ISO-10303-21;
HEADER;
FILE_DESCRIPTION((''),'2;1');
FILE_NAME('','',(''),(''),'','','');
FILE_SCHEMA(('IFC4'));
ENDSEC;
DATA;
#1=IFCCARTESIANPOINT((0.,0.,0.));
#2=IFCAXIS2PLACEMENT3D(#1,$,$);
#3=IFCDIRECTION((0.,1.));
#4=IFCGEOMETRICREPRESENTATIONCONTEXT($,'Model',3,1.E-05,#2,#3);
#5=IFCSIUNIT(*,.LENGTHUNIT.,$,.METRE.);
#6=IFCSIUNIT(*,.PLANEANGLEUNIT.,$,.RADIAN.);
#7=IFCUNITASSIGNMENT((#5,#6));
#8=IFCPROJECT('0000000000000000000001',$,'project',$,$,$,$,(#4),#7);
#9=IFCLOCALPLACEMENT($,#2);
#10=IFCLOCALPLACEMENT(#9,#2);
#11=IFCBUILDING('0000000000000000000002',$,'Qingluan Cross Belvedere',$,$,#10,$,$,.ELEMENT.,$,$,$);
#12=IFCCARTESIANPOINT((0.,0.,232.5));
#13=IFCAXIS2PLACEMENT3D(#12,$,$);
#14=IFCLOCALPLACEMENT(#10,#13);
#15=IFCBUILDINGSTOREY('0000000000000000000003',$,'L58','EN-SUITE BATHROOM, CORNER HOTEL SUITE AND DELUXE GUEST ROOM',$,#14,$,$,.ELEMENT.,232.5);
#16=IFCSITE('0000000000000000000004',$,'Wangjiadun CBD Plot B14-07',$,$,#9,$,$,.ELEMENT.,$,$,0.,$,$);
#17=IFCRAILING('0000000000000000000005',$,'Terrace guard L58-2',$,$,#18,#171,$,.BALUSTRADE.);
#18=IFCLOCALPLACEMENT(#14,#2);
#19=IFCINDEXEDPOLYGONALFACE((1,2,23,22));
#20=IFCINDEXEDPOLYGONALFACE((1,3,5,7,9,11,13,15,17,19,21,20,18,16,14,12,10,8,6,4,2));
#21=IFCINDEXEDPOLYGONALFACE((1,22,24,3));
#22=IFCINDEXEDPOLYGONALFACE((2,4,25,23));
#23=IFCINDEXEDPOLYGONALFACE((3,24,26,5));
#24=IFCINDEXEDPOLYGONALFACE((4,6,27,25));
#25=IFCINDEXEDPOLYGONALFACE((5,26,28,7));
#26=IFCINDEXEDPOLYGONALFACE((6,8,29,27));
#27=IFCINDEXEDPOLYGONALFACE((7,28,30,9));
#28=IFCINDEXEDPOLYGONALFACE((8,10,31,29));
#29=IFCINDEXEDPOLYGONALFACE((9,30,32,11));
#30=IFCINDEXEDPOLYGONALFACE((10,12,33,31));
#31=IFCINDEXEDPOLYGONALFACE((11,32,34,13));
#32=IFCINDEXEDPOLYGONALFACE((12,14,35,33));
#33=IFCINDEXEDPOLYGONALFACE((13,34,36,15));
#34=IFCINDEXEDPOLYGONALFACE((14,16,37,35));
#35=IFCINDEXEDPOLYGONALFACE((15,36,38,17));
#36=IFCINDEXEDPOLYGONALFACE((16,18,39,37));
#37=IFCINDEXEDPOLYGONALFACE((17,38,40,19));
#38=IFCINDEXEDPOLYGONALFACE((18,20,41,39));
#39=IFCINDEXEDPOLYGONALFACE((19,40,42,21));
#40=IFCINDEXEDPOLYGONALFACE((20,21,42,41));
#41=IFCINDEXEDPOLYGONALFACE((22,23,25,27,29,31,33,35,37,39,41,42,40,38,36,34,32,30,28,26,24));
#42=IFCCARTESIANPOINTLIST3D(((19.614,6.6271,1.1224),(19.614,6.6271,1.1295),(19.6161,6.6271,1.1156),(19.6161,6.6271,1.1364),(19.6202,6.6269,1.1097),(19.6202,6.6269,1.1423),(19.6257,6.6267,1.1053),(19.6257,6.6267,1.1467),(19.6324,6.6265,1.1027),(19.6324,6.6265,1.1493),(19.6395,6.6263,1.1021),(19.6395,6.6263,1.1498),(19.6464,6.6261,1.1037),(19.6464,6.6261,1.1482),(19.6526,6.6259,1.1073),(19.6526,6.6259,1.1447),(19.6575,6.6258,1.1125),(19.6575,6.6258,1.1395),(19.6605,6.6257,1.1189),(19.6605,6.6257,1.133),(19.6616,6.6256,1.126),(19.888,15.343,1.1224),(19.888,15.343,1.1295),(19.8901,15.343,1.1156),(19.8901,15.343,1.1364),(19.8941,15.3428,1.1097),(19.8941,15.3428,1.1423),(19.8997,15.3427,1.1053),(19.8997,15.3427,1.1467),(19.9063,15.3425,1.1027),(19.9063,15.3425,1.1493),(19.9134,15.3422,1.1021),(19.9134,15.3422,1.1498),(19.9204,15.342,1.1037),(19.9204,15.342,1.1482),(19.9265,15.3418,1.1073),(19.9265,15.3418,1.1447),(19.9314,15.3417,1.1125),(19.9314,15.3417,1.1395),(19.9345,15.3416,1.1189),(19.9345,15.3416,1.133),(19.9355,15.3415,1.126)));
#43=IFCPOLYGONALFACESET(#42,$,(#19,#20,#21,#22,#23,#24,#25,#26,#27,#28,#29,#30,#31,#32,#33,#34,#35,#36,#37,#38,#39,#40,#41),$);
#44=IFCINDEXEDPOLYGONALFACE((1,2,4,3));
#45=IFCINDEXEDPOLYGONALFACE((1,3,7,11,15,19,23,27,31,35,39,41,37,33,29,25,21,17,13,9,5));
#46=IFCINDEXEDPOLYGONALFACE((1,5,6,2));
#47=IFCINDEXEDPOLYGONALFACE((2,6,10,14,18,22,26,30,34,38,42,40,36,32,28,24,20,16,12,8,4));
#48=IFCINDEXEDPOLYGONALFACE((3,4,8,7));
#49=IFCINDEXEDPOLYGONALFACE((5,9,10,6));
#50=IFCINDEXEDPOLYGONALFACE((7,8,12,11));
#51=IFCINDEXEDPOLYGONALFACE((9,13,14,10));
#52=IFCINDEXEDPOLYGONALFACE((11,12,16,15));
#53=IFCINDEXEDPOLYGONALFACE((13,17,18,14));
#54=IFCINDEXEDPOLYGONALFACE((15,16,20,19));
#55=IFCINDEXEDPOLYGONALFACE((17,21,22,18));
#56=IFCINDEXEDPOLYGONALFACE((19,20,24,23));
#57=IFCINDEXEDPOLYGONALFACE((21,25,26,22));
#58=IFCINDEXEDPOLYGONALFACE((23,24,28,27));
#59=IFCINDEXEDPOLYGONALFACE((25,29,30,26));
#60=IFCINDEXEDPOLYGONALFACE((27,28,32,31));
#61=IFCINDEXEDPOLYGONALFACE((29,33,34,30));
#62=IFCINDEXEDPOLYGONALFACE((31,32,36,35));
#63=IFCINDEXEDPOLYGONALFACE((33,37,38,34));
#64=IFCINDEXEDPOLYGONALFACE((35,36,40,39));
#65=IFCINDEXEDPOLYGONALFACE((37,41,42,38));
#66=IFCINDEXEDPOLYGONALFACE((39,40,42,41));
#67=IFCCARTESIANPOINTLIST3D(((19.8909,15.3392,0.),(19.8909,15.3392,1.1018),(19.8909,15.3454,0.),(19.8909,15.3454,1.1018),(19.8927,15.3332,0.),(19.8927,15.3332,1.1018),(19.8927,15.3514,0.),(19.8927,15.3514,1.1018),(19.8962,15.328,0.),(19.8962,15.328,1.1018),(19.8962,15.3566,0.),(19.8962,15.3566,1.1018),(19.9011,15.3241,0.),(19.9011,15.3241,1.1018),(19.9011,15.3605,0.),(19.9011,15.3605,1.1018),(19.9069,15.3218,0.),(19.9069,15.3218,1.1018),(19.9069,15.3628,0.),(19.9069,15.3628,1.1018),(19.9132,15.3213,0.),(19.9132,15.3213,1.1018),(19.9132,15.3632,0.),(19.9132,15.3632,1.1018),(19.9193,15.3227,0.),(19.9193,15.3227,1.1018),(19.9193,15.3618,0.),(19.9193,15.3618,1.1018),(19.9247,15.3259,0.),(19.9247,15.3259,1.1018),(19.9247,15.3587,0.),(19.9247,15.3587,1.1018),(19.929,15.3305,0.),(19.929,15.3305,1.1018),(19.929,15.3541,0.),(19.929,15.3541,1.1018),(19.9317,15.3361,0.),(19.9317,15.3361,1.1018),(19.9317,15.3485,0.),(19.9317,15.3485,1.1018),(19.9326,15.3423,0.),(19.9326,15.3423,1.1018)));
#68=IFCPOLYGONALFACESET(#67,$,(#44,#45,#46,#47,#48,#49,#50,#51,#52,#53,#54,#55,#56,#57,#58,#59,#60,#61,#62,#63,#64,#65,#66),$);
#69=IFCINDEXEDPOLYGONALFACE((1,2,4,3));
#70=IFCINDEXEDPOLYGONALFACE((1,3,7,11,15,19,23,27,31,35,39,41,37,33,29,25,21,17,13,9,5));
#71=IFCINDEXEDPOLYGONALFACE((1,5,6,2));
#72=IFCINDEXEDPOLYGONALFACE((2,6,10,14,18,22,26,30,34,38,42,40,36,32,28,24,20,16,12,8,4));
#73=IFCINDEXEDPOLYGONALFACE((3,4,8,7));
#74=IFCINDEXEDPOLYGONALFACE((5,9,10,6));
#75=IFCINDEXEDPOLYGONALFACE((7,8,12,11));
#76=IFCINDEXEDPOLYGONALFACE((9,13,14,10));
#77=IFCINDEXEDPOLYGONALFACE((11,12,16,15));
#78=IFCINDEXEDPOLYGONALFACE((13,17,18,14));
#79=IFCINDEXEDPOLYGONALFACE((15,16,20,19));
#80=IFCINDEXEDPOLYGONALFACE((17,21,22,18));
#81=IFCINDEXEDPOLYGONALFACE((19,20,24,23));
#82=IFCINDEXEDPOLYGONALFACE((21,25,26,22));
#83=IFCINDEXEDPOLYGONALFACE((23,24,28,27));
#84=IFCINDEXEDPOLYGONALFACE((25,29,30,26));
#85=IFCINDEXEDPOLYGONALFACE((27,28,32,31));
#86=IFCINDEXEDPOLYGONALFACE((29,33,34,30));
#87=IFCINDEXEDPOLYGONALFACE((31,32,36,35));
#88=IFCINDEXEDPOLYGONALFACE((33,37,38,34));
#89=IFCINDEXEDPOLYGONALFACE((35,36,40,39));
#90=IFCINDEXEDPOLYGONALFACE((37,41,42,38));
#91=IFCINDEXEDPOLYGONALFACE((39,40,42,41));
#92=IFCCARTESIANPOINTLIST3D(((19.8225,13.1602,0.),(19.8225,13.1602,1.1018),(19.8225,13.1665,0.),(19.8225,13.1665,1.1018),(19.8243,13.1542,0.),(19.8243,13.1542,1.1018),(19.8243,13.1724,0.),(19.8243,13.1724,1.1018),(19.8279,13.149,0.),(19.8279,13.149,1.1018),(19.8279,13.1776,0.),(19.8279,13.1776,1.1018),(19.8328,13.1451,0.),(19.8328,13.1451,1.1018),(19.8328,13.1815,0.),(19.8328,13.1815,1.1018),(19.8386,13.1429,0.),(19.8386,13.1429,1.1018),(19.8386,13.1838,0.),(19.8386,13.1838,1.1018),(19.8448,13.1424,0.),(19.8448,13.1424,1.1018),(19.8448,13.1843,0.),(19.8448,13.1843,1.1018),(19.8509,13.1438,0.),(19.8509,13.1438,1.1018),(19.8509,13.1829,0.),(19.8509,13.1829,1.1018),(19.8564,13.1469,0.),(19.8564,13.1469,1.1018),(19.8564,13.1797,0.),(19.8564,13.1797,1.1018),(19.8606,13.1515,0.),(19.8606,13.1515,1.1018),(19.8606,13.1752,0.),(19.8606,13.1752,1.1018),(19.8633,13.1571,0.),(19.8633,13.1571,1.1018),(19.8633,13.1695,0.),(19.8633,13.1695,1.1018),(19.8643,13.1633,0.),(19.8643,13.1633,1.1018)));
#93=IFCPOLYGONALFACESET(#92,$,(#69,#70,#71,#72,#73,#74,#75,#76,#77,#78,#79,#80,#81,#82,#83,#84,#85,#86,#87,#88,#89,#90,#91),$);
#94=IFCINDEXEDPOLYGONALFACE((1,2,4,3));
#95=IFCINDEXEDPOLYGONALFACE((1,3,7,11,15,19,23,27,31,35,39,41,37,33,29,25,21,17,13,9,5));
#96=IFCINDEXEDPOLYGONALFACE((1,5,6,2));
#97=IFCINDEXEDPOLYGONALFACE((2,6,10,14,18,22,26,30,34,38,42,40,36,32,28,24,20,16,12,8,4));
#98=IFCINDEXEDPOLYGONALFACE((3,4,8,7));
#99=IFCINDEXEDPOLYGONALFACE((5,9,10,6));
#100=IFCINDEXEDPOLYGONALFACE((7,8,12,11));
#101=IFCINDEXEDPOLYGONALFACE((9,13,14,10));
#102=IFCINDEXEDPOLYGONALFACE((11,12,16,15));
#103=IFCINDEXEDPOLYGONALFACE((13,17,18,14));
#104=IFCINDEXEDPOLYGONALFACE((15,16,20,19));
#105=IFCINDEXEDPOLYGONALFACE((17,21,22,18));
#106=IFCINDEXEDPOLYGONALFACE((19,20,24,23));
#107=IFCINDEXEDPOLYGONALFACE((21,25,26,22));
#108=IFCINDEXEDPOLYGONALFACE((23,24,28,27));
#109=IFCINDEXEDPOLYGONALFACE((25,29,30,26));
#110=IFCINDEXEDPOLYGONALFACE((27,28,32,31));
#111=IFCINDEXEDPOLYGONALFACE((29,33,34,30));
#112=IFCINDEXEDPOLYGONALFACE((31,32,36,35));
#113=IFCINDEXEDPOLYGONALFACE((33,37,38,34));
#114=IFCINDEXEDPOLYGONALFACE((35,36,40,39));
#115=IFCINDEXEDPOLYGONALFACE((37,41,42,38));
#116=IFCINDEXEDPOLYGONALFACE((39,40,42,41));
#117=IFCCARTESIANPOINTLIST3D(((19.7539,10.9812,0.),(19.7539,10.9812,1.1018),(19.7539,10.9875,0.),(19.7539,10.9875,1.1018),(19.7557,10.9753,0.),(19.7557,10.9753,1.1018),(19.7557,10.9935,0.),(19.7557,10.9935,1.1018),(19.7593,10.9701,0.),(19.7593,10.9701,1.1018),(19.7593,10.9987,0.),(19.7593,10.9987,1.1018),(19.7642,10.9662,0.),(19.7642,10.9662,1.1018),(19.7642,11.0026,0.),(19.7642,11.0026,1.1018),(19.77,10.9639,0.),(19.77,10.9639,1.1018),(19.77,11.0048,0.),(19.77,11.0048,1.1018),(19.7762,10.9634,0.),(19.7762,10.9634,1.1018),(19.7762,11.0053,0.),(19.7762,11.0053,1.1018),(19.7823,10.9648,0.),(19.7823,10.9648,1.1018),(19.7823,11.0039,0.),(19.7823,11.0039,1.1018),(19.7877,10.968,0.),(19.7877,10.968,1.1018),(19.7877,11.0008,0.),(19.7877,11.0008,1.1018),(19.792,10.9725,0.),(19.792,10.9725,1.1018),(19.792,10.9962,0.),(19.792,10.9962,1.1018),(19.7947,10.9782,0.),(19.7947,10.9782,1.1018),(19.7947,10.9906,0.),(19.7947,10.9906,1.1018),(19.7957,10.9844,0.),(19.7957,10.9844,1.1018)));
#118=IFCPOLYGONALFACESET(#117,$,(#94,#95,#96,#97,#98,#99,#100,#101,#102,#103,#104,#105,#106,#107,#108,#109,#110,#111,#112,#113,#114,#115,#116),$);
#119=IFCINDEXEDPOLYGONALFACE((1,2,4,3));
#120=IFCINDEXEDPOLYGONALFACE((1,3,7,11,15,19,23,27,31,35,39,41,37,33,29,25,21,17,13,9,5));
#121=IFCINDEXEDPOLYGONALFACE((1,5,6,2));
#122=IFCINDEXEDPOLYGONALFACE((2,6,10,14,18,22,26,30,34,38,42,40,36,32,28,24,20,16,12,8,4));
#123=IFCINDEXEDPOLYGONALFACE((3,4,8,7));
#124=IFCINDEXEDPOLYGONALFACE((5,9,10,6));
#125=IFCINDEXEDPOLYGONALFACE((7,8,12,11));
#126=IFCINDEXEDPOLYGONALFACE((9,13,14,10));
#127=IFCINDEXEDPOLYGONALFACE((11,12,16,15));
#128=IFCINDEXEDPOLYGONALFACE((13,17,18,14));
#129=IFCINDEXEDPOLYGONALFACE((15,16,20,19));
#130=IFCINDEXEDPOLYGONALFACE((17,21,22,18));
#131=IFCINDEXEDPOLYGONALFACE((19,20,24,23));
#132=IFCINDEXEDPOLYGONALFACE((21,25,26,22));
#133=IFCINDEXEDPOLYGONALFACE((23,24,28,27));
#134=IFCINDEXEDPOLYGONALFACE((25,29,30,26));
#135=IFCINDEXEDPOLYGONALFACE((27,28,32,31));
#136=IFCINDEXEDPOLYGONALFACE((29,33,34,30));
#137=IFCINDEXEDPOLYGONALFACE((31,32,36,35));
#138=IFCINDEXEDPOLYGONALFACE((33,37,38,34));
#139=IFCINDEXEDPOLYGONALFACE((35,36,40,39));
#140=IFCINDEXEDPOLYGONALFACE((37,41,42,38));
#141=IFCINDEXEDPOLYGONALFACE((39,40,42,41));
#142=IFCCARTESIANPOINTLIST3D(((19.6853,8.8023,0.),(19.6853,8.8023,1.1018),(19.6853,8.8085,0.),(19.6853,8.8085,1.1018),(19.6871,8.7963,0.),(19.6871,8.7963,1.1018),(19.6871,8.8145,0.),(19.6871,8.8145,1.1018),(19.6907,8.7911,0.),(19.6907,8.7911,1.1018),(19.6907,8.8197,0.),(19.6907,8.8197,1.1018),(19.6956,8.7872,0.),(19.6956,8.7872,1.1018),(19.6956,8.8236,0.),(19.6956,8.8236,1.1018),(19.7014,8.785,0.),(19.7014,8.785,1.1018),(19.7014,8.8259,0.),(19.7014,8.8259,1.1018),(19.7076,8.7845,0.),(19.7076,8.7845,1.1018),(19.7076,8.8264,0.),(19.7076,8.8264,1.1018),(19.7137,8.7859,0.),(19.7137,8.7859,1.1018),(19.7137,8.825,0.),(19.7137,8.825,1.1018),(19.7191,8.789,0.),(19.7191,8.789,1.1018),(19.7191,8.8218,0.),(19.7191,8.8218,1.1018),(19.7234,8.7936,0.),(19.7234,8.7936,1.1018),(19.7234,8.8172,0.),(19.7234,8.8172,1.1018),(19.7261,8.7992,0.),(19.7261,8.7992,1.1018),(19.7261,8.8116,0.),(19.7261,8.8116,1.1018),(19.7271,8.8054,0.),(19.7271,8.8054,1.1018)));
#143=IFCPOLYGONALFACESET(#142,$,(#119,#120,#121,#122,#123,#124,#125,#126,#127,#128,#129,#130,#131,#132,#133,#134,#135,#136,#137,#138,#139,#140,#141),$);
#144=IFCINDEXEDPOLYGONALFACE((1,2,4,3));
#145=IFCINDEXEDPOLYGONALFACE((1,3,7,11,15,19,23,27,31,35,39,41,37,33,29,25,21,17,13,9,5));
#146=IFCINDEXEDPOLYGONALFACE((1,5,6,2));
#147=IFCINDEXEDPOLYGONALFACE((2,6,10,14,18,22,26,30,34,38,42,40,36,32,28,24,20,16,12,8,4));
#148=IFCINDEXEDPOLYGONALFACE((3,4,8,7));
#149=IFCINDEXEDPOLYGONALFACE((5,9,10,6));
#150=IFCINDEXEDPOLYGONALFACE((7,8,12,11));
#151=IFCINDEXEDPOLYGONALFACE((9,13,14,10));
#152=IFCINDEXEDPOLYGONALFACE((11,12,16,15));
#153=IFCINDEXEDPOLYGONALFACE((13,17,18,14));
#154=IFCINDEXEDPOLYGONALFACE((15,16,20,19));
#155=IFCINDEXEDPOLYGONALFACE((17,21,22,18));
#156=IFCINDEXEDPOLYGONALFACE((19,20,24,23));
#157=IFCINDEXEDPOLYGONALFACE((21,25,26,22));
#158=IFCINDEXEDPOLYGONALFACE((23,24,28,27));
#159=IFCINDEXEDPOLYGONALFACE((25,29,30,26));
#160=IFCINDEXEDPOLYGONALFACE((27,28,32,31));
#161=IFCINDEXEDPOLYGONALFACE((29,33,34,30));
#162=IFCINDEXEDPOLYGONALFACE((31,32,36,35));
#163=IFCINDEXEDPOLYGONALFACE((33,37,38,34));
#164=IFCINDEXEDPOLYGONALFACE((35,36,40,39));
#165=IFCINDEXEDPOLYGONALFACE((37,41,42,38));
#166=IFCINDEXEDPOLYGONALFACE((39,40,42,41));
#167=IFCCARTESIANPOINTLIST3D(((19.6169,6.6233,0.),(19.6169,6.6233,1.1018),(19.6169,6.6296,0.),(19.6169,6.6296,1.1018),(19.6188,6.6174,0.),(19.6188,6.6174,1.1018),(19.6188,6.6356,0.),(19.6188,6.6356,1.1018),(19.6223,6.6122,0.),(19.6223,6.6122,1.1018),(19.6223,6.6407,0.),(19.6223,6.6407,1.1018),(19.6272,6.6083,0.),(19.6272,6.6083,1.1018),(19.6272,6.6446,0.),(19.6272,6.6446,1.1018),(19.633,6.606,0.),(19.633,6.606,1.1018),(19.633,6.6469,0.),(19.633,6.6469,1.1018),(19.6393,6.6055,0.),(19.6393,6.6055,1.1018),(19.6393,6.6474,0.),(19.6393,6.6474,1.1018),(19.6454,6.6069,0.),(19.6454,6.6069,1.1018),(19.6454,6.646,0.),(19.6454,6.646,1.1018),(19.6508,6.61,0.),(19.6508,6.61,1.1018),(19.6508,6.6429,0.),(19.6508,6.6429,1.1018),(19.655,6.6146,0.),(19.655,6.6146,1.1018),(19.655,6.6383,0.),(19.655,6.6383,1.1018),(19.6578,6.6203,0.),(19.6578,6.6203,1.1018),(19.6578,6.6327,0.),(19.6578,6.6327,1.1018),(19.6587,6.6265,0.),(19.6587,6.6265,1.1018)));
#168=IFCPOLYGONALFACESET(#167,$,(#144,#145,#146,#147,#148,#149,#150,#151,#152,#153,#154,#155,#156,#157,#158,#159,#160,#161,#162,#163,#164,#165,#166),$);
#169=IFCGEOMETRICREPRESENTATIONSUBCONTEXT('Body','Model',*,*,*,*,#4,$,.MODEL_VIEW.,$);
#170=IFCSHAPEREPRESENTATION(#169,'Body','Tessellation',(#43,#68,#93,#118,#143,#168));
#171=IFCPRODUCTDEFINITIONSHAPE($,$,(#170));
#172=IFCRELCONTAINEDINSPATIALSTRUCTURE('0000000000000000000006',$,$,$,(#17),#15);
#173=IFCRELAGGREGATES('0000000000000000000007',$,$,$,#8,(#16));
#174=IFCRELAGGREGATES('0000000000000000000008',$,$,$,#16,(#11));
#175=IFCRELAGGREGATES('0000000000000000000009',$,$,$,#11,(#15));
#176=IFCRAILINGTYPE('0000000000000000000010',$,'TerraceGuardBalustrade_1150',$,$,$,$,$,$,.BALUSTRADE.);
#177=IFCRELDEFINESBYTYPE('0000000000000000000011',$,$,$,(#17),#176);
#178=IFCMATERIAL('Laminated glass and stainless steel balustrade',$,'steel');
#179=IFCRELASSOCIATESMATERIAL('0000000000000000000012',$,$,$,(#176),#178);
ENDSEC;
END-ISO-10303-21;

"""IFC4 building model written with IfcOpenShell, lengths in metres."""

from ifc_helpers import new_model, si_unit, direction, frame, origin, origin_2d, place, context, subcontext, project, spatial, circle, extrude, material, type_object, element, save


model = new_model("IFC4")

# Units and contexts
model_context = context("Model", 3, precision=1e-05, world=origin(), true_north=direction((0.0, 1.0)))
body_context = subcontext(model_context, "Body", "Model", "MODEL_VIEW")
ifc_project = project(units=[si_unit("LENGTHUNIT", "METRE"), si_unit("PLANEANGLEUNIT", "RADIAN")], contexts=[model_context])

# Site, building, storey
site_placement = place(None, origin())
site = spatial("IfcSite", under=ifc_project, at=site_placement, Name="Wangjiadun CBD Plot B14-07", CompositionType="ELEMENT", RefElevation=0.0)
building_placement = place(site_placement, origin())
building = spatial("IfcBuilding", under=site, at=building_placement, Name="Qingluan Cross Belvedere", CompositionType="ELEMENT")
storey_placement = place(building_placement, frame((0.0, 0.0, 232.5)))
storey = spatial("IfcBuildingStorey", under=building, at=storey_placement, Name="L58", Description="EN-SUITE BATHROOM, CORNER HOTEL SUITE AND DELUXE GUEST ROOM", CompositionType="ELEMENT", Elevation=232.5)

# Railing
ifc_material_1 = material(Name="Laminated glass and stainless steel balustrade", Category="steel")
railing_type = type_object("IfcRailingType", Name="TerraceGuardBalustrade_1150", PredefinedType="BALUSTRADE", material=ifc_material_1)
railing_placement = place(storey_placement, frame((19.9116, 15.3423, 0.0)))
element("IfcRailing", 1, at=railing_placement, inside=storey, type_object=railing_type, Name="Terrace guard L58-2", PredefinedType="BALUSTRADE", context=body_context, shape_type="SweptSolid", body=[
    extrude(circle(Radius=0.0239, at=origin_2d()), frame((0.0, 0.0, 1.126), z_axis=(-0.031413, -0.999506, 0.0), x_axis=(0.999506, -0.031413, 0.0)), (0.0, 0.0, 1.0), 8.7202),
    extrude(circle(Radius=0.021, at=origin_2d()), origin(), (0.0, 0.0, 1.0), 1.1018),
    extrude(circle(Radius=0.021, at=origin_2d()), frame((-0.0684, -2.179, 0.0)), (0.0, 0.0, 1.0), 1.1018),
    extrude(circle(Radius=0.021, at=origin_2d()), frame((-0.137, -4.3579, 0.0)), (0.0, 0.0, 1.0), 1.1018),
    extrude(circle(Radius=0.021, at=origin_2d()), frame((-0.2056, -6.5369, 0.0)), (0.0, 0.0, 1.0), 1.1018),
    extrude(circle(Radius=0.021, at=origin_2d()), frame((-0.2739, -8.7158, 0.0)), (0.0, 0.0, 1.0), 1.1018),
])

save(model, "model.ifc")
